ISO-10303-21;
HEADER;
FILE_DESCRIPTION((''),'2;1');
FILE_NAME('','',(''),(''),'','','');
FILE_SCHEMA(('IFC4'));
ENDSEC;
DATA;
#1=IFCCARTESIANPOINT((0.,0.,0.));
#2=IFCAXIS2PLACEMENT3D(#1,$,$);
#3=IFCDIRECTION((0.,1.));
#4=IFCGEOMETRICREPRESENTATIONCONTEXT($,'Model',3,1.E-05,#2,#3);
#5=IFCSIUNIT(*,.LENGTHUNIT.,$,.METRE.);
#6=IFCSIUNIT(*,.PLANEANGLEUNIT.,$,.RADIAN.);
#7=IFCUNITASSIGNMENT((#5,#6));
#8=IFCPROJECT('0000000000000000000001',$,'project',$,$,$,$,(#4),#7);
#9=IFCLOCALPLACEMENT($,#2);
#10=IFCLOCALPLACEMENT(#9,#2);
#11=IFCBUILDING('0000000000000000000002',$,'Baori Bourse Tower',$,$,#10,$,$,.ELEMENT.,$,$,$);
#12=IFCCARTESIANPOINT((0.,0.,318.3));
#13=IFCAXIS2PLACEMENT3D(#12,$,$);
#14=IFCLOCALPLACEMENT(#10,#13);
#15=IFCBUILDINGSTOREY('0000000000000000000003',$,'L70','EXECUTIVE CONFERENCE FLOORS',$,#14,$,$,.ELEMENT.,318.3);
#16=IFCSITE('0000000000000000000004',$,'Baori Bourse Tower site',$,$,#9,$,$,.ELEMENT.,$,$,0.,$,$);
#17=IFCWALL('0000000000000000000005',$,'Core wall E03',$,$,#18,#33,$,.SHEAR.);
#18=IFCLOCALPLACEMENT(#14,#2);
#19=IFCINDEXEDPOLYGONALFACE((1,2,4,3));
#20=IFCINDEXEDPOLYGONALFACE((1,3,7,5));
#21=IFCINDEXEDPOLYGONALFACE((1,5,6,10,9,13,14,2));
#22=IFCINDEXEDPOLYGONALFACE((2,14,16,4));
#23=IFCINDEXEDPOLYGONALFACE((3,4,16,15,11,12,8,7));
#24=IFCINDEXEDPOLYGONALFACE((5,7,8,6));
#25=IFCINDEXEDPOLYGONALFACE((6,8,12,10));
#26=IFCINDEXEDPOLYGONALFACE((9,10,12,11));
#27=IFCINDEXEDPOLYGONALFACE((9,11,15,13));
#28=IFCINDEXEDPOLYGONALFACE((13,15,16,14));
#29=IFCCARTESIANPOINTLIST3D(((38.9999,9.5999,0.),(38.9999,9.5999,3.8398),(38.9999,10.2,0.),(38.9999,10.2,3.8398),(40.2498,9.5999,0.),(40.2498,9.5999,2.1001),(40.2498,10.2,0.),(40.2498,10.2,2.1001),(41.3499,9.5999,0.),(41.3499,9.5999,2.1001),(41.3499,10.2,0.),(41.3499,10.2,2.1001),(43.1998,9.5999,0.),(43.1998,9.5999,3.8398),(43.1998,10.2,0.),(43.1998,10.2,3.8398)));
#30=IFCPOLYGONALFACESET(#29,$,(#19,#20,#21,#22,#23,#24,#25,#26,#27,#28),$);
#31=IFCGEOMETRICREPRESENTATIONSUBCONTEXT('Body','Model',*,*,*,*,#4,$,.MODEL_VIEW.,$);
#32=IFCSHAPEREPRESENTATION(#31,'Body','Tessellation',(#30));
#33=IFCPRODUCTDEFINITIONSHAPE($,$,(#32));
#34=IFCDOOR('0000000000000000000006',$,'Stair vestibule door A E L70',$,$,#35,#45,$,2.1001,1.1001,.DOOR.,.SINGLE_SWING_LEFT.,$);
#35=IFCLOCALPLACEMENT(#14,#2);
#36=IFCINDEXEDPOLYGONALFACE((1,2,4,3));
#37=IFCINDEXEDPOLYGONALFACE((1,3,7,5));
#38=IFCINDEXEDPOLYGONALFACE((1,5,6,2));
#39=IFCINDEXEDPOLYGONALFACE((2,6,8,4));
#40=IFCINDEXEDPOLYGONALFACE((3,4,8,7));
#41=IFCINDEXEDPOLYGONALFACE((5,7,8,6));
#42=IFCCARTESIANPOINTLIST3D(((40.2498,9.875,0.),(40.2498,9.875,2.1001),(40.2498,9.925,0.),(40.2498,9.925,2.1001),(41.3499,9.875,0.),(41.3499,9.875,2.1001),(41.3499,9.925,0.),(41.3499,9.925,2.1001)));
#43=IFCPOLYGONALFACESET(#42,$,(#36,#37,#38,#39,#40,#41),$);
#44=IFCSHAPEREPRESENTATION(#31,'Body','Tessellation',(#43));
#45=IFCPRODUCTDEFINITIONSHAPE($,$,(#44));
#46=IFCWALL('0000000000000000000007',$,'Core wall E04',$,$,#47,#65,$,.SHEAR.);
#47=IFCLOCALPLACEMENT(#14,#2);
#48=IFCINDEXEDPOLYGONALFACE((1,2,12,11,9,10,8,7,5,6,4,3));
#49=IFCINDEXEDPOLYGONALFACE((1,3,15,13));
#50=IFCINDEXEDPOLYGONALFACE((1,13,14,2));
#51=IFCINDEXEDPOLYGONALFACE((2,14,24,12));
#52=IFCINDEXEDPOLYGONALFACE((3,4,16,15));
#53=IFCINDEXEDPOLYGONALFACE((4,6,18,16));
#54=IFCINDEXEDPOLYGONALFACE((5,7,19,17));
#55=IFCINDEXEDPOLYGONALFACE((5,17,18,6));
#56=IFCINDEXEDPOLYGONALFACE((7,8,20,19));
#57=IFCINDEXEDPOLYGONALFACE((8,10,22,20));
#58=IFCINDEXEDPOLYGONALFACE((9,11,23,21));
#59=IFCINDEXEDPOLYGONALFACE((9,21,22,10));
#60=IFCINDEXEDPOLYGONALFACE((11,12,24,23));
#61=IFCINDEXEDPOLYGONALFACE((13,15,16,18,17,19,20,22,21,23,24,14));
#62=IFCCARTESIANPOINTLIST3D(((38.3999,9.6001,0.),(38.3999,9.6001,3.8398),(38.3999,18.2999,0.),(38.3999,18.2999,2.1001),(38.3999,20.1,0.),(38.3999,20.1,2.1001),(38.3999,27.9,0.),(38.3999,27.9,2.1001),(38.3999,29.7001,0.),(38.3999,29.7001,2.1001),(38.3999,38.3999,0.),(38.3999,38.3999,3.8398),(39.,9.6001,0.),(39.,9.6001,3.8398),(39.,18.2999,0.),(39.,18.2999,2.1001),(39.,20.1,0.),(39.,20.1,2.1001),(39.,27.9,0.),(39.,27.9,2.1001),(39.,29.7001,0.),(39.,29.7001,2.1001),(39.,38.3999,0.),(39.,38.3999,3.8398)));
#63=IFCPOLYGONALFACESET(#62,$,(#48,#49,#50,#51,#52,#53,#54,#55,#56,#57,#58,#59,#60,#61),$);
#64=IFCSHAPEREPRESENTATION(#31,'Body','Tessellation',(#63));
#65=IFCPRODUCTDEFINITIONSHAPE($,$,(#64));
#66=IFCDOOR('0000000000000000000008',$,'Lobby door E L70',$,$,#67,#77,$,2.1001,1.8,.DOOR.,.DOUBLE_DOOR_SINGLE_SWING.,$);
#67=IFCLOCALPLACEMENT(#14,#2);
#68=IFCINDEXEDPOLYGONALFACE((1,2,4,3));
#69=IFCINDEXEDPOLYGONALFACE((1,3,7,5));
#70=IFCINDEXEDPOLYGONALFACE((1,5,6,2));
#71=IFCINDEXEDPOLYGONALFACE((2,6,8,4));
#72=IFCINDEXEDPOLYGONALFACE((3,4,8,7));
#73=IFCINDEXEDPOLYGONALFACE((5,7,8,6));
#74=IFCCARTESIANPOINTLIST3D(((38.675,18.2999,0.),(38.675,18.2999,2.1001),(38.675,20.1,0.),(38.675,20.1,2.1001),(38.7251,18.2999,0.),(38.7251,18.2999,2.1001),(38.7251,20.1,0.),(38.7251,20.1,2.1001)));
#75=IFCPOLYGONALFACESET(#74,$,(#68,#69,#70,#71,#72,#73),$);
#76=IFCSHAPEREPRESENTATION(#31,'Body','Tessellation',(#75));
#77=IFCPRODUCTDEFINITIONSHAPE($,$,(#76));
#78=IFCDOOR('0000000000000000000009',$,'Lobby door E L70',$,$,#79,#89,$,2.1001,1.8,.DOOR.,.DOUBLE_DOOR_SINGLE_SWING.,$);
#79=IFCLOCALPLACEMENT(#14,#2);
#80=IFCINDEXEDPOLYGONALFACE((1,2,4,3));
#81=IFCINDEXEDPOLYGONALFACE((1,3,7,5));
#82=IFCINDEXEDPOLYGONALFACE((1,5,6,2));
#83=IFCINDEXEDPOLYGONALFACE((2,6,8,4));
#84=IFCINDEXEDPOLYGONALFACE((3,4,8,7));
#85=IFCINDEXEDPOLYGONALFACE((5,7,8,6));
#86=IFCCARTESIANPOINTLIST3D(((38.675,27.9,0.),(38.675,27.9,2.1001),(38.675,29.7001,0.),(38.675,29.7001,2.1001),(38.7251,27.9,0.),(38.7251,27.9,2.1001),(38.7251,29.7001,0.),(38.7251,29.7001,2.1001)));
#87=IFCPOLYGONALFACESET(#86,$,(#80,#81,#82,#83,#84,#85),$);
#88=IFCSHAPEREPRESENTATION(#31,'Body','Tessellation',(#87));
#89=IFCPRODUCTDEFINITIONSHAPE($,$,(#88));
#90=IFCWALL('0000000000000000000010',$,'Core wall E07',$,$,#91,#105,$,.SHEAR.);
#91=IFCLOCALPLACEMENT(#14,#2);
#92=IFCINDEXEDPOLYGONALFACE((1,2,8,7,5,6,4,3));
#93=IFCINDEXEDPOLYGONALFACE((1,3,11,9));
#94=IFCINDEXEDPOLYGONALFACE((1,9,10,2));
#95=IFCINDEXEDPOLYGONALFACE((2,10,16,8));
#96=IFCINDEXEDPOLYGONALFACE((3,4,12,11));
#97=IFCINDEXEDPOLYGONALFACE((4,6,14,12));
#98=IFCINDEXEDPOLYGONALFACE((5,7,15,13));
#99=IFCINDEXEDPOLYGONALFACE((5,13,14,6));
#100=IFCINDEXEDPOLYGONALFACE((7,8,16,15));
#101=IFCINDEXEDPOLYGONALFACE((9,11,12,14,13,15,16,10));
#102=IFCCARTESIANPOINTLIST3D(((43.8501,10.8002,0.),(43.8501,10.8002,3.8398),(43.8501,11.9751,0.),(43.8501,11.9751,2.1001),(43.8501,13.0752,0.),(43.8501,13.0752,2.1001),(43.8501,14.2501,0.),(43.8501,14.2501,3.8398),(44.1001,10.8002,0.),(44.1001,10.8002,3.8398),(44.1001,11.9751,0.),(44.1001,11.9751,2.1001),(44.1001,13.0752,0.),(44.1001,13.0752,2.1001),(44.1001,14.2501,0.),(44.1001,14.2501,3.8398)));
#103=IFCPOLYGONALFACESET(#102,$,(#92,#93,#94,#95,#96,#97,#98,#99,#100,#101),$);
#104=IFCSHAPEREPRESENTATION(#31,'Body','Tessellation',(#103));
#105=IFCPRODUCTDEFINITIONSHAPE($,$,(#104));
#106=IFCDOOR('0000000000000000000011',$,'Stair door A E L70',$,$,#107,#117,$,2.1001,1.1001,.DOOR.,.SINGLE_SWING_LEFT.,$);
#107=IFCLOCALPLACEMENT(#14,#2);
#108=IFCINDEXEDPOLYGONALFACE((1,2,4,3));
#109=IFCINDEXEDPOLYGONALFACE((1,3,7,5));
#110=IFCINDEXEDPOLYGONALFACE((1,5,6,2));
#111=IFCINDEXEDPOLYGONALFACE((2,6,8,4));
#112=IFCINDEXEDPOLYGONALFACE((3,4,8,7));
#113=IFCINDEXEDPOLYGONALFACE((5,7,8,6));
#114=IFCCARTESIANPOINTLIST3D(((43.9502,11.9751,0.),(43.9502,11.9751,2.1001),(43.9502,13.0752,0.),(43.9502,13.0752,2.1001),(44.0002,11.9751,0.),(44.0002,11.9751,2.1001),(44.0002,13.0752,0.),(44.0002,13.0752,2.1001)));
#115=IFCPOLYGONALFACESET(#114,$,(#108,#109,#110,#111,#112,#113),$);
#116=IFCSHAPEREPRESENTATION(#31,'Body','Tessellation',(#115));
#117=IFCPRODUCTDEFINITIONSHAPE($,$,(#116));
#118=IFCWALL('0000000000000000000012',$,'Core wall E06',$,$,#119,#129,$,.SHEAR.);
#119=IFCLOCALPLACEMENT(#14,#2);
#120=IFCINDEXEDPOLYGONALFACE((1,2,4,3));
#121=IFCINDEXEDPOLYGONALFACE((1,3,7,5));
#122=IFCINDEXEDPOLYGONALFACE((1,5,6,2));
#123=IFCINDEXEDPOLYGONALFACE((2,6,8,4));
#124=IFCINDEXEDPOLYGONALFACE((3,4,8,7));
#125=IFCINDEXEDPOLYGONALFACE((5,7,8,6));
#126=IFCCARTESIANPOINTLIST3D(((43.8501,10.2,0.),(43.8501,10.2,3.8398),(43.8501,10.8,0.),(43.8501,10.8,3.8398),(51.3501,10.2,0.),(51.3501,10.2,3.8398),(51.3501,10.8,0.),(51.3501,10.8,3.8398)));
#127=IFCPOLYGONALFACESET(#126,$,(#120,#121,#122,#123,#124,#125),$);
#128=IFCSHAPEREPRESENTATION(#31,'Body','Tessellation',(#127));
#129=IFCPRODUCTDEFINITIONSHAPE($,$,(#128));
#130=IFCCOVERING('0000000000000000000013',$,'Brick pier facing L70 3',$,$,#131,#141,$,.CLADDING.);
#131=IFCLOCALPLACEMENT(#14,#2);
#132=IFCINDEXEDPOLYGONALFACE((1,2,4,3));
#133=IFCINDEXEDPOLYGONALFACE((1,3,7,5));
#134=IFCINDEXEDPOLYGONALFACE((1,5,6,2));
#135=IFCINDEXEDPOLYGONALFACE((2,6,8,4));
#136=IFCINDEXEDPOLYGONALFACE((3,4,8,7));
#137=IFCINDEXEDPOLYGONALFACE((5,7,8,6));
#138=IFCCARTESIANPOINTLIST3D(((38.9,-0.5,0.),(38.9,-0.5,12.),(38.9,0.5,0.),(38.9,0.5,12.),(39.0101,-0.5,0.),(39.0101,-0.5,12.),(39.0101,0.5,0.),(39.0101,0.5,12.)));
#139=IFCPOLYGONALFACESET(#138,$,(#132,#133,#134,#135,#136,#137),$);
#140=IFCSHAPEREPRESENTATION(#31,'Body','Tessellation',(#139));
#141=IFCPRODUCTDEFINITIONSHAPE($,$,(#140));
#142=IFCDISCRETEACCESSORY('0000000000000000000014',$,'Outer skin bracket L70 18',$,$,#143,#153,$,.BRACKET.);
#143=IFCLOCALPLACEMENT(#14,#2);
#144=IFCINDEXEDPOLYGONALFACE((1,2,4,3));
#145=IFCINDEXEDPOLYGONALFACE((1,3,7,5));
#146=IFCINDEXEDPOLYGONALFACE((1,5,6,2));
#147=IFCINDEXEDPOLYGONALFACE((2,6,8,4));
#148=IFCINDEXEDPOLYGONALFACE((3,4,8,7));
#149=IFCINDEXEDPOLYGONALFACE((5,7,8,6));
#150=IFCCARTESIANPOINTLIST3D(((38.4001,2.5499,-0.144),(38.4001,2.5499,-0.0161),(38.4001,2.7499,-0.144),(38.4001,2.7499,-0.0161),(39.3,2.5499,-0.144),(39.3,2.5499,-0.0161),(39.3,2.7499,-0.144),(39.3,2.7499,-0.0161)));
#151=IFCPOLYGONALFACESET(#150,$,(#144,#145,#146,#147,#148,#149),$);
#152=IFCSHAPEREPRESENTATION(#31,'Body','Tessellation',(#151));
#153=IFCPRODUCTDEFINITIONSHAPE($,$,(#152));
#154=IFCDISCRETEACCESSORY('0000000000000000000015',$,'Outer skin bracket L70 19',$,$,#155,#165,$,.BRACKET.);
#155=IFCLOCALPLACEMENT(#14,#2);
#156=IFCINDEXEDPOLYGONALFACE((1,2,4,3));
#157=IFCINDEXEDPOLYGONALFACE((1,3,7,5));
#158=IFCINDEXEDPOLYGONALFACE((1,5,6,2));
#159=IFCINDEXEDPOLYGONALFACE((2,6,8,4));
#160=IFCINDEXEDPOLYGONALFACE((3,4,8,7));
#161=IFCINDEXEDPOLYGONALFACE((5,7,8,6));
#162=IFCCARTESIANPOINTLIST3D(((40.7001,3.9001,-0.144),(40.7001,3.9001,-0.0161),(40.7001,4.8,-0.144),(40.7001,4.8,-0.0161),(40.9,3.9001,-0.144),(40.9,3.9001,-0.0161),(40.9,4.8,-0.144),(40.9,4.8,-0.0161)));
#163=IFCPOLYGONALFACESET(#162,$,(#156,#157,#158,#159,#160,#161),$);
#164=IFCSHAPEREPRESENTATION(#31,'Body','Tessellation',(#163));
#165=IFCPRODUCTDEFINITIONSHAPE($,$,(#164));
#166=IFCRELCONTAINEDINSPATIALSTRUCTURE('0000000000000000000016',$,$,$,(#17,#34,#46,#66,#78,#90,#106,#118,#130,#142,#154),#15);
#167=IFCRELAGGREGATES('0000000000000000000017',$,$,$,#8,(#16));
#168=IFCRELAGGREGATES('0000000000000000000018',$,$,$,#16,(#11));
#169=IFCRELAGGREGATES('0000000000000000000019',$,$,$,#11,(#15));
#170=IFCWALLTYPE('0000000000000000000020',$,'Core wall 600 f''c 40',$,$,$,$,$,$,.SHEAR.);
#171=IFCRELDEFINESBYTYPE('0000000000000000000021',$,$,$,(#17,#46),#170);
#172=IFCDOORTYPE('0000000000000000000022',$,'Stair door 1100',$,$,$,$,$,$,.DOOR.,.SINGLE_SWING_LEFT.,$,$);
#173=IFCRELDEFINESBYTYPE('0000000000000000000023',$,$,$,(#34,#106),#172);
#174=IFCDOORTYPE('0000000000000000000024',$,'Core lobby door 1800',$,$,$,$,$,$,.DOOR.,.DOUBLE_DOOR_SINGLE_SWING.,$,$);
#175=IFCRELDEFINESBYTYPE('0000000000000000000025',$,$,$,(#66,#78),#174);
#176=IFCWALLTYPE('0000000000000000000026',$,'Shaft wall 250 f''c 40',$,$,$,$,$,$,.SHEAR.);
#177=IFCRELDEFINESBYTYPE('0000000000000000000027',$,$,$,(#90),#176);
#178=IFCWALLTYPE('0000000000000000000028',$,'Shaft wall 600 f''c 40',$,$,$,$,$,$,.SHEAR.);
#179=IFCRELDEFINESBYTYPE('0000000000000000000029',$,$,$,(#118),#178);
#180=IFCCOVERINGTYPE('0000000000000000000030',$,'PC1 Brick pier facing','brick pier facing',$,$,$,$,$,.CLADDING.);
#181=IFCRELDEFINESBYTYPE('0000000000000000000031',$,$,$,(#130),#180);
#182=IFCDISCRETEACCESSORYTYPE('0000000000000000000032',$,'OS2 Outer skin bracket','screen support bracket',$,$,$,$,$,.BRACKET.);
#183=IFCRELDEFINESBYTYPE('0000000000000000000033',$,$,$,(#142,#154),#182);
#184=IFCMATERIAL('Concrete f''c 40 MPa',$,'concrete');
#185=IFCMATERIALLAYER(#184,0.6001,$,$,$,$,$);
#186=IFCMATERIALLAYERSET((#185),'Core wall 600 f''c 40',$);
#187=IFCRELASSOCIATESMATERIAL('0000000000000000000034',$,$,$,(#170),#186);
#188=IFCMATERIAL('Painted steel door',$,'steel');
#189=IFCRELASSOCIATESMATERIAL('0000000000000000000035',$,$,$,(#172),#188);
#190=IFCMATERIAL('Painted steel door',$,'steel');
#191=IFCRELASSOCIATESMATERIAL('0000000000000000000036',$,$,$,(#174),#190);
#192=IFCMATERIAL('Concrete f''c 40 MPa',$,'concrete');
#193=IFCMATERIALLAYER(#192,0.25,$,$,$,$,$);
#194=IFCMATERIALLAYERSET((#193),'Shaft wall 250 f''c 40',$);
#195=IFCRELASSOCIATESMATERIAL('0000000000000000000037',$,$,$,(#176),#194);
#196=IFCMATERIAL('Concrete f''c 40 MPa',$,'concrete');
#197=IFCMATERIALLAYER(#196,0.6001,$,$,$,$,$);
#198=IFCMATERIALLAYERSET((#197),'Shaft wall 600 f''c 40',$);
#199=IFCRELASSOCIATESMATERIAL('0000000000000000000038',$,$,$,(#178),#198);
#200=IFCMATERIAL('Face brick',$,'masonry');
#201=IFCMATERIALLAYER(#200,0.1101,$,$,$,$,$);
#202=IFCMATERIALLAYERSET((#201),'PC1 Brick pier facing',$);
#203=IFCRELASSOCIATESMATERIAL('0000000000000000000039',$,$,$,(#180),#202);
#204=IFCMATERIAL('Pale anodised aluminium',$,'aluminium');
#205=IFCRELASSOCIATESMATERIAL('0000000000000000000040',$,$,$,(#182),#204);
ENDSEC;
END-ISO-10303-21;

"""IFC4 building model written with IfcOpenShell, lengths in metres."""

from ifc_helpers import new_model, si_unit, direction, frame, frame_2d, origin, origin_2d, place, context, subcontext, project, spatial, rectangle, extrude, material, layer, layer_set, type_object, element, fill, save


model = new_model("IFC4")

# Units and contexts
model_context = context("Model", 3, precision=1e-05, world=origin(), true_north=direction((0.0, 1.0)))
body_context = subcontext(model_context, "Body", "Model", "MODEL_VIEW")
ifc_project = project(units=[si_unit("LENGTHUNIT", "METRE"), si_unit("PLANEANGLEUNIT", "RADIAN")], contexts=[model_context])

# Site, building, storey
site_placement = place(None, origin())
site = spatial("IfcSite", under=ifc_project, at=site_placement, Name="Baori Bourse Tower site", CompositionType="ELEMENT", RefElevation=0.0)
building_placement = place(site_placement, origin())
building = spatial("IfcBuilding", under=site, at=building_placement, Name="Baori Bourse Tower", CompositionType="ELEMENT")
storey_placement = place(building_placement, frame((0.0, 0.0, 318.3)))
storey = spatial("IfcBuildingStorey", under=building, at=storey_placement, Name="L70", Description="EXECUTIVE CONFERENCE FLOORS", CompositionType="ELEMENT", Elevation=318.3)

# Shared definitions
ifc_material_1 = material(Name="Concrete f'c 40 MPa", Category="concrete")
ifc_layer_1 = layer(ifc_material_1, 0.6001)
ifc_layer_set_1 = layer_set([ifc_layer_1], Name="Core wall 600 f'c 40")
wall_type_1 = type_object("IfcWallType", Name="Core wall 600 f'c 40", PredefinedType="SHEAR", material=ifc_layer_set_1)

# Wall, opening, door
wall_1_placement = place(storey_placement, frame((43.2, 9.8999, 0.0), z_axis=(0.0, 0.0, 1.0), x_axis=(-1.0, 0.0, 0.0)))
wall_1 = element("IfcWall", 1, at=wall_1_placement, inside=storey, type_object=wall_type_1, Name="Core wall E03", PredefinedType="SHEAR", context=body_context, shape_type="SweptSolid", body=[
    extrude(rectangle(XDim=4.2, YDim=0.6001, at=frame_2d((2.1001, 0.0))), origin(), (0.0, 0.0, 1.0), 3.8398),
])
opening_1_placement = place(wall_1_placement, frame((1.8501, 0.0, 0.0)))
opening_1 = element("IfcOpeningElement", 2, at=opening_1_placement, cuts=wall_1, PredefinedType="OPENING", context=body_context, shape_type="SweptSolid", body=[
    extrude(rectangle(XDim=1.1001, YDim=2.1001, at=frame_2d((0.55, 1.05))), frame((0.0, 0.3101, 0.0), z_axis=(0.0, -1.0, 0.0), x_axis=(1.0, 0.0, 0.0)), (0.0, 0.0, 1.0), 0.6201),
])
ifc_material_2 = material(Name="Painted steel door", Category="steel")
door_type_1 = type_object("IfcDoorType", Name="Stair door 1100", OperationType="SINGLE_SWING_LEFT", PredefinedType="DOOR", material=ifc_material_2)
door_1_placement = place(opening_1_placement, origin())
door_1 = element("IfcDoor", 3, at=door_1_placement, inside=storey, type_object=door_type_1, Name="Stair vestibule door A E L70", OperationType="SINGLE_SWING_LEFT", OverallHeight=2.1001, OverallWidth=1.1001, PredefinedType="DOOR", context=body_context, shape_type="SweptSolid", body=[
    extrude(rectangle(XDim=1.1001, YDim=2.1001, at=frame_2d((0.55, 1.05))), frame((0.0, 0.0249, 0.0), z_axis=(0.0, -1.0, 0.0), x_axis=(1.0, 0.0, 0.0)), (0.0, 0.0, 1.0), 0.05),
])
fill(opening_1, door_1)

# Wall, openings, doors
wall_2_placement = place(storey_placement, frame((38.7, 9.6001, 0.0), z_axis=(0.0, 0.0, 1.0), x_axis=(0.0, 1.0, 0.0)))
wall_2 = element("IfcWall", 4, at=wall_2_placement, inside=storey, type_object=wall_type_1, Name="Core wall E04", PredefinedType="SHEAR", context=body_context, shape_type="SweptSolid", body=[
    extrude(rectangle(XDim=28.7998, YDim=0.6001, at=frame_2d((14.3999, 0.0))), origin(), (0.0, 0.0, 1.0), 3.8398),
])
opening_2_placement = place(wall_2_placement, frame((8.7, 0.0, 0.0)))
opening_2 = element("IfcOpeningElement", 5, at=opening_2_placement, cuts=wall_2, PredefinedType="OPENING", context=body_context, shape_type="SweptSolid", body=[
    extrude(rectangle(XDim=1.8, YDim=2.1001, at=frame_2d((0.8999, 1.05))), frame((0.0, 0.3101, 0.0), z_axis=(0.0, -1.0, 0.0), x_axis=(1.0, 0.0, 0.0)), (0.0, 0.0, 1.0), 0.6201),
])
opening_3_placement = place(wall_2_placement, frame((18.3, 0.0, 0.0)))
opening_3 = element("IfcOpeningElement", 6, at=opening_3_placement, cuts=wall_2, PredefinedType="OPENING", context=body_context, shape_type="SweptSolid", body=[
    extrude(rectangle(XDim=1.8, YDim=2.1001, at=frame_2d((0.8999, 1.05))), frame((0.0, 0.3101, 0.0), z_axis=(0.0, -1.0, 0.0), x_axis=(1.0, 0.0, 0.0)), (0.0, 0.0, 1.0), 0.6201),
])
ifc_material_3 = material(Name="Painted steel door", Category="steel")
door_type_2 = type_object("IfcDoorType", Name="Core lobby door 1800", OperationType="DOUBLE_DOOR_SINGLE_SWING", PredefinedType="DOOR", material=ifc_material_3)
door_2_placement = place(opening_2_placement, origin())
door_2 = element("IfcDoor", 7, at=door_2_placement, inside=storey, type_object=door_type_2, Name="Lobby door E L70", OperationType="DOUBLE_DOOR_SINGLE_SWING", OverallHeight=2.1001, OverallWidth=1.8, PredefinedType="DOOR", context=body_context, shape_type="SweptSolid", body=[
    extrude(rectangle(XDim=1.8, YDim=2.1001, at=frame_2d((0.8999, 1.05))), frame((0.0, 0.0249, 0.0), z_axis=(0.0, -1.0, 0.0), x_axis=(1.0, 0.0, 0.0)), (0.0, 0.0, 1.0), 0.05),
])
fill(opening_2, door_2)
door_3_placement = place(opening_3_placement, origin())
door_3 = element("IfcDoor", 8, at=door_3_placement, inside=storey, type_object=door_type_2, Name="Lobby door E L70", OperationType="DOUBLE_DOOR_SINGLE_SWING", OverallHeight=2.1001, OverallWidth=1.8, PredefinedType="DOOR", context=body_context, shape_type="SweptSolid", body=[
    extrude(rectangle(XDim=1.8, YDim=2.1001, at=frame_2d((0.8999, 1.05))), frame((0.0, 0.0249, 0.0), z_axis=(0.0, -1.0, 0.0), x_axis=(1.0, 0.0, 0.0)), (0.0, 0.0, 1.0), 0.05),
])
fill(opening_3, door_3)

# Wall, opening, door
ifc_material_4 = material(Name="Concrete f'c 40 MPa", Category="concrete")
ifc_layer_2 = layer(ifc_material_4, 0.25)
ifc_layer_set_2 = layer_set([ifc_layer_2], Name="Shaft wall 250 f'c 40")
wall_type_2 = type_object("IfcWallType", Name="Shaft wall 250 f'c 40", PredefinedType="SHEAR", material=ifc_layer_set_2)
wall_3_placement = place(storey_placement, frame((43.9751, 10.8, 0.0), z_axis=(0.0, 0.0, 1.0), x_axis=(0.0, 1.0, 0.0)))
wall_3 = element("IfcWall", 9, at=wall_3_placement, inside=storey, type_object=wall_type_2, Name="Core wall E07", PredefinedType="SHEAR", context=body_context, shape_type="SweptSolid", body=[
    extrude(rectangle(XDim=3.45, YDim=0.25, at=frame_2d((1.7251, 0.0))), origin(), (0.0, 0.0, 1.0), 3.8398),
])
opening_4_placement = place(wall_3_placement, frame((1.175, 0.0, 0.0)))
opening_4 = element("IfcOpeningElement", 10, at=opening_4_placement, cuts=wall_3, PredefinedType="OPENING", context=body_context, shape_type="SweptSolid", body=[
    extrude(rectangle(XDim=1.1001, YDim=2.1001, at=frame_2d((0.55, 1.05))), frame((0.0, 0.135, 0.0), z_axis=(0.0, -1.0, 0.0), x_axis=(1.0, 0.0, 0.0)), (0.0, 0.0, 1.0), 0.27),
])
door_4_placement = place(opening_4_placement, origin())
door_4 = element("IfcDoor", 11, at=door_4_placement, inside=storey, type_object=door_type_1, Name="Stair door A E L70", OperationType="SINGLE_SWING_LEFT", OverallHeight=2.1001, OverallWidth=1.1001, PredefinedType="DOOR", context=body_context, shape_type="SweptSolid", body=[
    extrude(rectangle(XDim=1.1001, YDim=2.1001, at=frame_2d((0.55, 1.05))), frame((0.0, 0.0249, 0.0), z_axis=(0.0, -1.0, 0.0), x_axis=(1.0, 0.0, 0.0)), (0.0, 0.0, 1.0), 0.05),
])
fill(opening_4, door_4)

# Wall
ifc_material_5 = material(Name="Concrete f'c 40 MPa", Category="concrete")
ifc_layer_3 = layer(ifc_material_5, 0.6001)
ifc_layer_set_3 = layer_set([ifc_layer_3], Name="Shaft wall 600 f'c 40")
wall_type_3 = type_object("IfcWallType", Name="Shaft wall 600 f'c 40", PredefinedType="SHEAR", material=ifc_layer_set_3)
wall_4_placement = place(storey_placement, frame((43.8501, 10.5, 0.0), z_axis=(0.0, 0.0, 1.0), x_axis=(1.0, 0.0, 0.0)))
element("IfcWall", 12, at=wall_4_placement, inside=storey, type_object=wall_type_3, Name="Core wall E06", PredefinedType="SHEAR", context=body_context, shape_type="SweptSolid", body=[
    extrude(rectangle(XDim=7.5, YDim=0.6001, at=frame_2d((3.75, 0.0))), origin(), (0.0, 0.0, 1.0), 3.8398),
])

# Covering
ifc_material_6 = material(Name="Face brick", Category="masonry")
ifc_layer_4 = layer(ifc_material_6, 0.1101)
ifc_layer_set_4 = layer_set([ifc_layer_4], Name="PC1 Brick pier facing")
covering_type = type_object("IfcCoveringType", Name="PC1 Brick pier facing", Description="brick pier facing", PredefinedType="CLADDING", material=ifc_layer_set_4)
covering_placement = place(storey_placement, frame((38.9551, 0.0, 0.0), z_axis=(0.0, 0.0, 1.0), x_axis=(1.0, 0.0, 0.0)))
element("IfcCovering", 13, at=covering_placement, inside=storey, type_object=covering_type, Name="Brick pier facing L70 3", PredefinedType="CLADDING", context=body_context, shape_type="SweptSolid", body=[
    extrude(rectangle(XDim=0.1101, YDim=1.0, at=origin_2d()), origin(), (0.0, 0.0, 1.0), 12.0),
])

# Discrete accessories
ifc_material_7 = material(Name="Pale anodised aluminium", Category="aluminium")
discrete_accessory_type = type_object("IfcDiscreteAccessoryType", Name="OS2 Outer skin bracket", Description="screen support bracket", PredefinedType="BRACKET", material=ifc_material_7)
for number, where, z_axis, x_axis, name in (
    (14, (38.8501, 2.6499, -0.144), (0.0, 0.0, 1.0), (0.0, 1.0, 0.0), "Outer skin bracket L70 18"),
    (15, (40.8, 4.3501, -0.144), (0.0, 0.0, 1.0), (1.0, 0.0, 0.0), "Outer skin bracket L70 19"),
):
    element("IfcDiscreteAccessory", number, at=place(storey_placement, frame(where, z_axis=z_axis, x_axis=x_axis)), inside=storey, type_object=discrete_accessory_type, Name=name, PredefinedType="BRACKET", context=body_context, shape_type="SweptSolid", body=[
        extrude(rectangle(XDim=0.2, YDim=0.8999, at=origin_2d()), origin(), (0.0, 0.0, 1.0), 0.1279),
    ])

save(model, "model.ifc")
